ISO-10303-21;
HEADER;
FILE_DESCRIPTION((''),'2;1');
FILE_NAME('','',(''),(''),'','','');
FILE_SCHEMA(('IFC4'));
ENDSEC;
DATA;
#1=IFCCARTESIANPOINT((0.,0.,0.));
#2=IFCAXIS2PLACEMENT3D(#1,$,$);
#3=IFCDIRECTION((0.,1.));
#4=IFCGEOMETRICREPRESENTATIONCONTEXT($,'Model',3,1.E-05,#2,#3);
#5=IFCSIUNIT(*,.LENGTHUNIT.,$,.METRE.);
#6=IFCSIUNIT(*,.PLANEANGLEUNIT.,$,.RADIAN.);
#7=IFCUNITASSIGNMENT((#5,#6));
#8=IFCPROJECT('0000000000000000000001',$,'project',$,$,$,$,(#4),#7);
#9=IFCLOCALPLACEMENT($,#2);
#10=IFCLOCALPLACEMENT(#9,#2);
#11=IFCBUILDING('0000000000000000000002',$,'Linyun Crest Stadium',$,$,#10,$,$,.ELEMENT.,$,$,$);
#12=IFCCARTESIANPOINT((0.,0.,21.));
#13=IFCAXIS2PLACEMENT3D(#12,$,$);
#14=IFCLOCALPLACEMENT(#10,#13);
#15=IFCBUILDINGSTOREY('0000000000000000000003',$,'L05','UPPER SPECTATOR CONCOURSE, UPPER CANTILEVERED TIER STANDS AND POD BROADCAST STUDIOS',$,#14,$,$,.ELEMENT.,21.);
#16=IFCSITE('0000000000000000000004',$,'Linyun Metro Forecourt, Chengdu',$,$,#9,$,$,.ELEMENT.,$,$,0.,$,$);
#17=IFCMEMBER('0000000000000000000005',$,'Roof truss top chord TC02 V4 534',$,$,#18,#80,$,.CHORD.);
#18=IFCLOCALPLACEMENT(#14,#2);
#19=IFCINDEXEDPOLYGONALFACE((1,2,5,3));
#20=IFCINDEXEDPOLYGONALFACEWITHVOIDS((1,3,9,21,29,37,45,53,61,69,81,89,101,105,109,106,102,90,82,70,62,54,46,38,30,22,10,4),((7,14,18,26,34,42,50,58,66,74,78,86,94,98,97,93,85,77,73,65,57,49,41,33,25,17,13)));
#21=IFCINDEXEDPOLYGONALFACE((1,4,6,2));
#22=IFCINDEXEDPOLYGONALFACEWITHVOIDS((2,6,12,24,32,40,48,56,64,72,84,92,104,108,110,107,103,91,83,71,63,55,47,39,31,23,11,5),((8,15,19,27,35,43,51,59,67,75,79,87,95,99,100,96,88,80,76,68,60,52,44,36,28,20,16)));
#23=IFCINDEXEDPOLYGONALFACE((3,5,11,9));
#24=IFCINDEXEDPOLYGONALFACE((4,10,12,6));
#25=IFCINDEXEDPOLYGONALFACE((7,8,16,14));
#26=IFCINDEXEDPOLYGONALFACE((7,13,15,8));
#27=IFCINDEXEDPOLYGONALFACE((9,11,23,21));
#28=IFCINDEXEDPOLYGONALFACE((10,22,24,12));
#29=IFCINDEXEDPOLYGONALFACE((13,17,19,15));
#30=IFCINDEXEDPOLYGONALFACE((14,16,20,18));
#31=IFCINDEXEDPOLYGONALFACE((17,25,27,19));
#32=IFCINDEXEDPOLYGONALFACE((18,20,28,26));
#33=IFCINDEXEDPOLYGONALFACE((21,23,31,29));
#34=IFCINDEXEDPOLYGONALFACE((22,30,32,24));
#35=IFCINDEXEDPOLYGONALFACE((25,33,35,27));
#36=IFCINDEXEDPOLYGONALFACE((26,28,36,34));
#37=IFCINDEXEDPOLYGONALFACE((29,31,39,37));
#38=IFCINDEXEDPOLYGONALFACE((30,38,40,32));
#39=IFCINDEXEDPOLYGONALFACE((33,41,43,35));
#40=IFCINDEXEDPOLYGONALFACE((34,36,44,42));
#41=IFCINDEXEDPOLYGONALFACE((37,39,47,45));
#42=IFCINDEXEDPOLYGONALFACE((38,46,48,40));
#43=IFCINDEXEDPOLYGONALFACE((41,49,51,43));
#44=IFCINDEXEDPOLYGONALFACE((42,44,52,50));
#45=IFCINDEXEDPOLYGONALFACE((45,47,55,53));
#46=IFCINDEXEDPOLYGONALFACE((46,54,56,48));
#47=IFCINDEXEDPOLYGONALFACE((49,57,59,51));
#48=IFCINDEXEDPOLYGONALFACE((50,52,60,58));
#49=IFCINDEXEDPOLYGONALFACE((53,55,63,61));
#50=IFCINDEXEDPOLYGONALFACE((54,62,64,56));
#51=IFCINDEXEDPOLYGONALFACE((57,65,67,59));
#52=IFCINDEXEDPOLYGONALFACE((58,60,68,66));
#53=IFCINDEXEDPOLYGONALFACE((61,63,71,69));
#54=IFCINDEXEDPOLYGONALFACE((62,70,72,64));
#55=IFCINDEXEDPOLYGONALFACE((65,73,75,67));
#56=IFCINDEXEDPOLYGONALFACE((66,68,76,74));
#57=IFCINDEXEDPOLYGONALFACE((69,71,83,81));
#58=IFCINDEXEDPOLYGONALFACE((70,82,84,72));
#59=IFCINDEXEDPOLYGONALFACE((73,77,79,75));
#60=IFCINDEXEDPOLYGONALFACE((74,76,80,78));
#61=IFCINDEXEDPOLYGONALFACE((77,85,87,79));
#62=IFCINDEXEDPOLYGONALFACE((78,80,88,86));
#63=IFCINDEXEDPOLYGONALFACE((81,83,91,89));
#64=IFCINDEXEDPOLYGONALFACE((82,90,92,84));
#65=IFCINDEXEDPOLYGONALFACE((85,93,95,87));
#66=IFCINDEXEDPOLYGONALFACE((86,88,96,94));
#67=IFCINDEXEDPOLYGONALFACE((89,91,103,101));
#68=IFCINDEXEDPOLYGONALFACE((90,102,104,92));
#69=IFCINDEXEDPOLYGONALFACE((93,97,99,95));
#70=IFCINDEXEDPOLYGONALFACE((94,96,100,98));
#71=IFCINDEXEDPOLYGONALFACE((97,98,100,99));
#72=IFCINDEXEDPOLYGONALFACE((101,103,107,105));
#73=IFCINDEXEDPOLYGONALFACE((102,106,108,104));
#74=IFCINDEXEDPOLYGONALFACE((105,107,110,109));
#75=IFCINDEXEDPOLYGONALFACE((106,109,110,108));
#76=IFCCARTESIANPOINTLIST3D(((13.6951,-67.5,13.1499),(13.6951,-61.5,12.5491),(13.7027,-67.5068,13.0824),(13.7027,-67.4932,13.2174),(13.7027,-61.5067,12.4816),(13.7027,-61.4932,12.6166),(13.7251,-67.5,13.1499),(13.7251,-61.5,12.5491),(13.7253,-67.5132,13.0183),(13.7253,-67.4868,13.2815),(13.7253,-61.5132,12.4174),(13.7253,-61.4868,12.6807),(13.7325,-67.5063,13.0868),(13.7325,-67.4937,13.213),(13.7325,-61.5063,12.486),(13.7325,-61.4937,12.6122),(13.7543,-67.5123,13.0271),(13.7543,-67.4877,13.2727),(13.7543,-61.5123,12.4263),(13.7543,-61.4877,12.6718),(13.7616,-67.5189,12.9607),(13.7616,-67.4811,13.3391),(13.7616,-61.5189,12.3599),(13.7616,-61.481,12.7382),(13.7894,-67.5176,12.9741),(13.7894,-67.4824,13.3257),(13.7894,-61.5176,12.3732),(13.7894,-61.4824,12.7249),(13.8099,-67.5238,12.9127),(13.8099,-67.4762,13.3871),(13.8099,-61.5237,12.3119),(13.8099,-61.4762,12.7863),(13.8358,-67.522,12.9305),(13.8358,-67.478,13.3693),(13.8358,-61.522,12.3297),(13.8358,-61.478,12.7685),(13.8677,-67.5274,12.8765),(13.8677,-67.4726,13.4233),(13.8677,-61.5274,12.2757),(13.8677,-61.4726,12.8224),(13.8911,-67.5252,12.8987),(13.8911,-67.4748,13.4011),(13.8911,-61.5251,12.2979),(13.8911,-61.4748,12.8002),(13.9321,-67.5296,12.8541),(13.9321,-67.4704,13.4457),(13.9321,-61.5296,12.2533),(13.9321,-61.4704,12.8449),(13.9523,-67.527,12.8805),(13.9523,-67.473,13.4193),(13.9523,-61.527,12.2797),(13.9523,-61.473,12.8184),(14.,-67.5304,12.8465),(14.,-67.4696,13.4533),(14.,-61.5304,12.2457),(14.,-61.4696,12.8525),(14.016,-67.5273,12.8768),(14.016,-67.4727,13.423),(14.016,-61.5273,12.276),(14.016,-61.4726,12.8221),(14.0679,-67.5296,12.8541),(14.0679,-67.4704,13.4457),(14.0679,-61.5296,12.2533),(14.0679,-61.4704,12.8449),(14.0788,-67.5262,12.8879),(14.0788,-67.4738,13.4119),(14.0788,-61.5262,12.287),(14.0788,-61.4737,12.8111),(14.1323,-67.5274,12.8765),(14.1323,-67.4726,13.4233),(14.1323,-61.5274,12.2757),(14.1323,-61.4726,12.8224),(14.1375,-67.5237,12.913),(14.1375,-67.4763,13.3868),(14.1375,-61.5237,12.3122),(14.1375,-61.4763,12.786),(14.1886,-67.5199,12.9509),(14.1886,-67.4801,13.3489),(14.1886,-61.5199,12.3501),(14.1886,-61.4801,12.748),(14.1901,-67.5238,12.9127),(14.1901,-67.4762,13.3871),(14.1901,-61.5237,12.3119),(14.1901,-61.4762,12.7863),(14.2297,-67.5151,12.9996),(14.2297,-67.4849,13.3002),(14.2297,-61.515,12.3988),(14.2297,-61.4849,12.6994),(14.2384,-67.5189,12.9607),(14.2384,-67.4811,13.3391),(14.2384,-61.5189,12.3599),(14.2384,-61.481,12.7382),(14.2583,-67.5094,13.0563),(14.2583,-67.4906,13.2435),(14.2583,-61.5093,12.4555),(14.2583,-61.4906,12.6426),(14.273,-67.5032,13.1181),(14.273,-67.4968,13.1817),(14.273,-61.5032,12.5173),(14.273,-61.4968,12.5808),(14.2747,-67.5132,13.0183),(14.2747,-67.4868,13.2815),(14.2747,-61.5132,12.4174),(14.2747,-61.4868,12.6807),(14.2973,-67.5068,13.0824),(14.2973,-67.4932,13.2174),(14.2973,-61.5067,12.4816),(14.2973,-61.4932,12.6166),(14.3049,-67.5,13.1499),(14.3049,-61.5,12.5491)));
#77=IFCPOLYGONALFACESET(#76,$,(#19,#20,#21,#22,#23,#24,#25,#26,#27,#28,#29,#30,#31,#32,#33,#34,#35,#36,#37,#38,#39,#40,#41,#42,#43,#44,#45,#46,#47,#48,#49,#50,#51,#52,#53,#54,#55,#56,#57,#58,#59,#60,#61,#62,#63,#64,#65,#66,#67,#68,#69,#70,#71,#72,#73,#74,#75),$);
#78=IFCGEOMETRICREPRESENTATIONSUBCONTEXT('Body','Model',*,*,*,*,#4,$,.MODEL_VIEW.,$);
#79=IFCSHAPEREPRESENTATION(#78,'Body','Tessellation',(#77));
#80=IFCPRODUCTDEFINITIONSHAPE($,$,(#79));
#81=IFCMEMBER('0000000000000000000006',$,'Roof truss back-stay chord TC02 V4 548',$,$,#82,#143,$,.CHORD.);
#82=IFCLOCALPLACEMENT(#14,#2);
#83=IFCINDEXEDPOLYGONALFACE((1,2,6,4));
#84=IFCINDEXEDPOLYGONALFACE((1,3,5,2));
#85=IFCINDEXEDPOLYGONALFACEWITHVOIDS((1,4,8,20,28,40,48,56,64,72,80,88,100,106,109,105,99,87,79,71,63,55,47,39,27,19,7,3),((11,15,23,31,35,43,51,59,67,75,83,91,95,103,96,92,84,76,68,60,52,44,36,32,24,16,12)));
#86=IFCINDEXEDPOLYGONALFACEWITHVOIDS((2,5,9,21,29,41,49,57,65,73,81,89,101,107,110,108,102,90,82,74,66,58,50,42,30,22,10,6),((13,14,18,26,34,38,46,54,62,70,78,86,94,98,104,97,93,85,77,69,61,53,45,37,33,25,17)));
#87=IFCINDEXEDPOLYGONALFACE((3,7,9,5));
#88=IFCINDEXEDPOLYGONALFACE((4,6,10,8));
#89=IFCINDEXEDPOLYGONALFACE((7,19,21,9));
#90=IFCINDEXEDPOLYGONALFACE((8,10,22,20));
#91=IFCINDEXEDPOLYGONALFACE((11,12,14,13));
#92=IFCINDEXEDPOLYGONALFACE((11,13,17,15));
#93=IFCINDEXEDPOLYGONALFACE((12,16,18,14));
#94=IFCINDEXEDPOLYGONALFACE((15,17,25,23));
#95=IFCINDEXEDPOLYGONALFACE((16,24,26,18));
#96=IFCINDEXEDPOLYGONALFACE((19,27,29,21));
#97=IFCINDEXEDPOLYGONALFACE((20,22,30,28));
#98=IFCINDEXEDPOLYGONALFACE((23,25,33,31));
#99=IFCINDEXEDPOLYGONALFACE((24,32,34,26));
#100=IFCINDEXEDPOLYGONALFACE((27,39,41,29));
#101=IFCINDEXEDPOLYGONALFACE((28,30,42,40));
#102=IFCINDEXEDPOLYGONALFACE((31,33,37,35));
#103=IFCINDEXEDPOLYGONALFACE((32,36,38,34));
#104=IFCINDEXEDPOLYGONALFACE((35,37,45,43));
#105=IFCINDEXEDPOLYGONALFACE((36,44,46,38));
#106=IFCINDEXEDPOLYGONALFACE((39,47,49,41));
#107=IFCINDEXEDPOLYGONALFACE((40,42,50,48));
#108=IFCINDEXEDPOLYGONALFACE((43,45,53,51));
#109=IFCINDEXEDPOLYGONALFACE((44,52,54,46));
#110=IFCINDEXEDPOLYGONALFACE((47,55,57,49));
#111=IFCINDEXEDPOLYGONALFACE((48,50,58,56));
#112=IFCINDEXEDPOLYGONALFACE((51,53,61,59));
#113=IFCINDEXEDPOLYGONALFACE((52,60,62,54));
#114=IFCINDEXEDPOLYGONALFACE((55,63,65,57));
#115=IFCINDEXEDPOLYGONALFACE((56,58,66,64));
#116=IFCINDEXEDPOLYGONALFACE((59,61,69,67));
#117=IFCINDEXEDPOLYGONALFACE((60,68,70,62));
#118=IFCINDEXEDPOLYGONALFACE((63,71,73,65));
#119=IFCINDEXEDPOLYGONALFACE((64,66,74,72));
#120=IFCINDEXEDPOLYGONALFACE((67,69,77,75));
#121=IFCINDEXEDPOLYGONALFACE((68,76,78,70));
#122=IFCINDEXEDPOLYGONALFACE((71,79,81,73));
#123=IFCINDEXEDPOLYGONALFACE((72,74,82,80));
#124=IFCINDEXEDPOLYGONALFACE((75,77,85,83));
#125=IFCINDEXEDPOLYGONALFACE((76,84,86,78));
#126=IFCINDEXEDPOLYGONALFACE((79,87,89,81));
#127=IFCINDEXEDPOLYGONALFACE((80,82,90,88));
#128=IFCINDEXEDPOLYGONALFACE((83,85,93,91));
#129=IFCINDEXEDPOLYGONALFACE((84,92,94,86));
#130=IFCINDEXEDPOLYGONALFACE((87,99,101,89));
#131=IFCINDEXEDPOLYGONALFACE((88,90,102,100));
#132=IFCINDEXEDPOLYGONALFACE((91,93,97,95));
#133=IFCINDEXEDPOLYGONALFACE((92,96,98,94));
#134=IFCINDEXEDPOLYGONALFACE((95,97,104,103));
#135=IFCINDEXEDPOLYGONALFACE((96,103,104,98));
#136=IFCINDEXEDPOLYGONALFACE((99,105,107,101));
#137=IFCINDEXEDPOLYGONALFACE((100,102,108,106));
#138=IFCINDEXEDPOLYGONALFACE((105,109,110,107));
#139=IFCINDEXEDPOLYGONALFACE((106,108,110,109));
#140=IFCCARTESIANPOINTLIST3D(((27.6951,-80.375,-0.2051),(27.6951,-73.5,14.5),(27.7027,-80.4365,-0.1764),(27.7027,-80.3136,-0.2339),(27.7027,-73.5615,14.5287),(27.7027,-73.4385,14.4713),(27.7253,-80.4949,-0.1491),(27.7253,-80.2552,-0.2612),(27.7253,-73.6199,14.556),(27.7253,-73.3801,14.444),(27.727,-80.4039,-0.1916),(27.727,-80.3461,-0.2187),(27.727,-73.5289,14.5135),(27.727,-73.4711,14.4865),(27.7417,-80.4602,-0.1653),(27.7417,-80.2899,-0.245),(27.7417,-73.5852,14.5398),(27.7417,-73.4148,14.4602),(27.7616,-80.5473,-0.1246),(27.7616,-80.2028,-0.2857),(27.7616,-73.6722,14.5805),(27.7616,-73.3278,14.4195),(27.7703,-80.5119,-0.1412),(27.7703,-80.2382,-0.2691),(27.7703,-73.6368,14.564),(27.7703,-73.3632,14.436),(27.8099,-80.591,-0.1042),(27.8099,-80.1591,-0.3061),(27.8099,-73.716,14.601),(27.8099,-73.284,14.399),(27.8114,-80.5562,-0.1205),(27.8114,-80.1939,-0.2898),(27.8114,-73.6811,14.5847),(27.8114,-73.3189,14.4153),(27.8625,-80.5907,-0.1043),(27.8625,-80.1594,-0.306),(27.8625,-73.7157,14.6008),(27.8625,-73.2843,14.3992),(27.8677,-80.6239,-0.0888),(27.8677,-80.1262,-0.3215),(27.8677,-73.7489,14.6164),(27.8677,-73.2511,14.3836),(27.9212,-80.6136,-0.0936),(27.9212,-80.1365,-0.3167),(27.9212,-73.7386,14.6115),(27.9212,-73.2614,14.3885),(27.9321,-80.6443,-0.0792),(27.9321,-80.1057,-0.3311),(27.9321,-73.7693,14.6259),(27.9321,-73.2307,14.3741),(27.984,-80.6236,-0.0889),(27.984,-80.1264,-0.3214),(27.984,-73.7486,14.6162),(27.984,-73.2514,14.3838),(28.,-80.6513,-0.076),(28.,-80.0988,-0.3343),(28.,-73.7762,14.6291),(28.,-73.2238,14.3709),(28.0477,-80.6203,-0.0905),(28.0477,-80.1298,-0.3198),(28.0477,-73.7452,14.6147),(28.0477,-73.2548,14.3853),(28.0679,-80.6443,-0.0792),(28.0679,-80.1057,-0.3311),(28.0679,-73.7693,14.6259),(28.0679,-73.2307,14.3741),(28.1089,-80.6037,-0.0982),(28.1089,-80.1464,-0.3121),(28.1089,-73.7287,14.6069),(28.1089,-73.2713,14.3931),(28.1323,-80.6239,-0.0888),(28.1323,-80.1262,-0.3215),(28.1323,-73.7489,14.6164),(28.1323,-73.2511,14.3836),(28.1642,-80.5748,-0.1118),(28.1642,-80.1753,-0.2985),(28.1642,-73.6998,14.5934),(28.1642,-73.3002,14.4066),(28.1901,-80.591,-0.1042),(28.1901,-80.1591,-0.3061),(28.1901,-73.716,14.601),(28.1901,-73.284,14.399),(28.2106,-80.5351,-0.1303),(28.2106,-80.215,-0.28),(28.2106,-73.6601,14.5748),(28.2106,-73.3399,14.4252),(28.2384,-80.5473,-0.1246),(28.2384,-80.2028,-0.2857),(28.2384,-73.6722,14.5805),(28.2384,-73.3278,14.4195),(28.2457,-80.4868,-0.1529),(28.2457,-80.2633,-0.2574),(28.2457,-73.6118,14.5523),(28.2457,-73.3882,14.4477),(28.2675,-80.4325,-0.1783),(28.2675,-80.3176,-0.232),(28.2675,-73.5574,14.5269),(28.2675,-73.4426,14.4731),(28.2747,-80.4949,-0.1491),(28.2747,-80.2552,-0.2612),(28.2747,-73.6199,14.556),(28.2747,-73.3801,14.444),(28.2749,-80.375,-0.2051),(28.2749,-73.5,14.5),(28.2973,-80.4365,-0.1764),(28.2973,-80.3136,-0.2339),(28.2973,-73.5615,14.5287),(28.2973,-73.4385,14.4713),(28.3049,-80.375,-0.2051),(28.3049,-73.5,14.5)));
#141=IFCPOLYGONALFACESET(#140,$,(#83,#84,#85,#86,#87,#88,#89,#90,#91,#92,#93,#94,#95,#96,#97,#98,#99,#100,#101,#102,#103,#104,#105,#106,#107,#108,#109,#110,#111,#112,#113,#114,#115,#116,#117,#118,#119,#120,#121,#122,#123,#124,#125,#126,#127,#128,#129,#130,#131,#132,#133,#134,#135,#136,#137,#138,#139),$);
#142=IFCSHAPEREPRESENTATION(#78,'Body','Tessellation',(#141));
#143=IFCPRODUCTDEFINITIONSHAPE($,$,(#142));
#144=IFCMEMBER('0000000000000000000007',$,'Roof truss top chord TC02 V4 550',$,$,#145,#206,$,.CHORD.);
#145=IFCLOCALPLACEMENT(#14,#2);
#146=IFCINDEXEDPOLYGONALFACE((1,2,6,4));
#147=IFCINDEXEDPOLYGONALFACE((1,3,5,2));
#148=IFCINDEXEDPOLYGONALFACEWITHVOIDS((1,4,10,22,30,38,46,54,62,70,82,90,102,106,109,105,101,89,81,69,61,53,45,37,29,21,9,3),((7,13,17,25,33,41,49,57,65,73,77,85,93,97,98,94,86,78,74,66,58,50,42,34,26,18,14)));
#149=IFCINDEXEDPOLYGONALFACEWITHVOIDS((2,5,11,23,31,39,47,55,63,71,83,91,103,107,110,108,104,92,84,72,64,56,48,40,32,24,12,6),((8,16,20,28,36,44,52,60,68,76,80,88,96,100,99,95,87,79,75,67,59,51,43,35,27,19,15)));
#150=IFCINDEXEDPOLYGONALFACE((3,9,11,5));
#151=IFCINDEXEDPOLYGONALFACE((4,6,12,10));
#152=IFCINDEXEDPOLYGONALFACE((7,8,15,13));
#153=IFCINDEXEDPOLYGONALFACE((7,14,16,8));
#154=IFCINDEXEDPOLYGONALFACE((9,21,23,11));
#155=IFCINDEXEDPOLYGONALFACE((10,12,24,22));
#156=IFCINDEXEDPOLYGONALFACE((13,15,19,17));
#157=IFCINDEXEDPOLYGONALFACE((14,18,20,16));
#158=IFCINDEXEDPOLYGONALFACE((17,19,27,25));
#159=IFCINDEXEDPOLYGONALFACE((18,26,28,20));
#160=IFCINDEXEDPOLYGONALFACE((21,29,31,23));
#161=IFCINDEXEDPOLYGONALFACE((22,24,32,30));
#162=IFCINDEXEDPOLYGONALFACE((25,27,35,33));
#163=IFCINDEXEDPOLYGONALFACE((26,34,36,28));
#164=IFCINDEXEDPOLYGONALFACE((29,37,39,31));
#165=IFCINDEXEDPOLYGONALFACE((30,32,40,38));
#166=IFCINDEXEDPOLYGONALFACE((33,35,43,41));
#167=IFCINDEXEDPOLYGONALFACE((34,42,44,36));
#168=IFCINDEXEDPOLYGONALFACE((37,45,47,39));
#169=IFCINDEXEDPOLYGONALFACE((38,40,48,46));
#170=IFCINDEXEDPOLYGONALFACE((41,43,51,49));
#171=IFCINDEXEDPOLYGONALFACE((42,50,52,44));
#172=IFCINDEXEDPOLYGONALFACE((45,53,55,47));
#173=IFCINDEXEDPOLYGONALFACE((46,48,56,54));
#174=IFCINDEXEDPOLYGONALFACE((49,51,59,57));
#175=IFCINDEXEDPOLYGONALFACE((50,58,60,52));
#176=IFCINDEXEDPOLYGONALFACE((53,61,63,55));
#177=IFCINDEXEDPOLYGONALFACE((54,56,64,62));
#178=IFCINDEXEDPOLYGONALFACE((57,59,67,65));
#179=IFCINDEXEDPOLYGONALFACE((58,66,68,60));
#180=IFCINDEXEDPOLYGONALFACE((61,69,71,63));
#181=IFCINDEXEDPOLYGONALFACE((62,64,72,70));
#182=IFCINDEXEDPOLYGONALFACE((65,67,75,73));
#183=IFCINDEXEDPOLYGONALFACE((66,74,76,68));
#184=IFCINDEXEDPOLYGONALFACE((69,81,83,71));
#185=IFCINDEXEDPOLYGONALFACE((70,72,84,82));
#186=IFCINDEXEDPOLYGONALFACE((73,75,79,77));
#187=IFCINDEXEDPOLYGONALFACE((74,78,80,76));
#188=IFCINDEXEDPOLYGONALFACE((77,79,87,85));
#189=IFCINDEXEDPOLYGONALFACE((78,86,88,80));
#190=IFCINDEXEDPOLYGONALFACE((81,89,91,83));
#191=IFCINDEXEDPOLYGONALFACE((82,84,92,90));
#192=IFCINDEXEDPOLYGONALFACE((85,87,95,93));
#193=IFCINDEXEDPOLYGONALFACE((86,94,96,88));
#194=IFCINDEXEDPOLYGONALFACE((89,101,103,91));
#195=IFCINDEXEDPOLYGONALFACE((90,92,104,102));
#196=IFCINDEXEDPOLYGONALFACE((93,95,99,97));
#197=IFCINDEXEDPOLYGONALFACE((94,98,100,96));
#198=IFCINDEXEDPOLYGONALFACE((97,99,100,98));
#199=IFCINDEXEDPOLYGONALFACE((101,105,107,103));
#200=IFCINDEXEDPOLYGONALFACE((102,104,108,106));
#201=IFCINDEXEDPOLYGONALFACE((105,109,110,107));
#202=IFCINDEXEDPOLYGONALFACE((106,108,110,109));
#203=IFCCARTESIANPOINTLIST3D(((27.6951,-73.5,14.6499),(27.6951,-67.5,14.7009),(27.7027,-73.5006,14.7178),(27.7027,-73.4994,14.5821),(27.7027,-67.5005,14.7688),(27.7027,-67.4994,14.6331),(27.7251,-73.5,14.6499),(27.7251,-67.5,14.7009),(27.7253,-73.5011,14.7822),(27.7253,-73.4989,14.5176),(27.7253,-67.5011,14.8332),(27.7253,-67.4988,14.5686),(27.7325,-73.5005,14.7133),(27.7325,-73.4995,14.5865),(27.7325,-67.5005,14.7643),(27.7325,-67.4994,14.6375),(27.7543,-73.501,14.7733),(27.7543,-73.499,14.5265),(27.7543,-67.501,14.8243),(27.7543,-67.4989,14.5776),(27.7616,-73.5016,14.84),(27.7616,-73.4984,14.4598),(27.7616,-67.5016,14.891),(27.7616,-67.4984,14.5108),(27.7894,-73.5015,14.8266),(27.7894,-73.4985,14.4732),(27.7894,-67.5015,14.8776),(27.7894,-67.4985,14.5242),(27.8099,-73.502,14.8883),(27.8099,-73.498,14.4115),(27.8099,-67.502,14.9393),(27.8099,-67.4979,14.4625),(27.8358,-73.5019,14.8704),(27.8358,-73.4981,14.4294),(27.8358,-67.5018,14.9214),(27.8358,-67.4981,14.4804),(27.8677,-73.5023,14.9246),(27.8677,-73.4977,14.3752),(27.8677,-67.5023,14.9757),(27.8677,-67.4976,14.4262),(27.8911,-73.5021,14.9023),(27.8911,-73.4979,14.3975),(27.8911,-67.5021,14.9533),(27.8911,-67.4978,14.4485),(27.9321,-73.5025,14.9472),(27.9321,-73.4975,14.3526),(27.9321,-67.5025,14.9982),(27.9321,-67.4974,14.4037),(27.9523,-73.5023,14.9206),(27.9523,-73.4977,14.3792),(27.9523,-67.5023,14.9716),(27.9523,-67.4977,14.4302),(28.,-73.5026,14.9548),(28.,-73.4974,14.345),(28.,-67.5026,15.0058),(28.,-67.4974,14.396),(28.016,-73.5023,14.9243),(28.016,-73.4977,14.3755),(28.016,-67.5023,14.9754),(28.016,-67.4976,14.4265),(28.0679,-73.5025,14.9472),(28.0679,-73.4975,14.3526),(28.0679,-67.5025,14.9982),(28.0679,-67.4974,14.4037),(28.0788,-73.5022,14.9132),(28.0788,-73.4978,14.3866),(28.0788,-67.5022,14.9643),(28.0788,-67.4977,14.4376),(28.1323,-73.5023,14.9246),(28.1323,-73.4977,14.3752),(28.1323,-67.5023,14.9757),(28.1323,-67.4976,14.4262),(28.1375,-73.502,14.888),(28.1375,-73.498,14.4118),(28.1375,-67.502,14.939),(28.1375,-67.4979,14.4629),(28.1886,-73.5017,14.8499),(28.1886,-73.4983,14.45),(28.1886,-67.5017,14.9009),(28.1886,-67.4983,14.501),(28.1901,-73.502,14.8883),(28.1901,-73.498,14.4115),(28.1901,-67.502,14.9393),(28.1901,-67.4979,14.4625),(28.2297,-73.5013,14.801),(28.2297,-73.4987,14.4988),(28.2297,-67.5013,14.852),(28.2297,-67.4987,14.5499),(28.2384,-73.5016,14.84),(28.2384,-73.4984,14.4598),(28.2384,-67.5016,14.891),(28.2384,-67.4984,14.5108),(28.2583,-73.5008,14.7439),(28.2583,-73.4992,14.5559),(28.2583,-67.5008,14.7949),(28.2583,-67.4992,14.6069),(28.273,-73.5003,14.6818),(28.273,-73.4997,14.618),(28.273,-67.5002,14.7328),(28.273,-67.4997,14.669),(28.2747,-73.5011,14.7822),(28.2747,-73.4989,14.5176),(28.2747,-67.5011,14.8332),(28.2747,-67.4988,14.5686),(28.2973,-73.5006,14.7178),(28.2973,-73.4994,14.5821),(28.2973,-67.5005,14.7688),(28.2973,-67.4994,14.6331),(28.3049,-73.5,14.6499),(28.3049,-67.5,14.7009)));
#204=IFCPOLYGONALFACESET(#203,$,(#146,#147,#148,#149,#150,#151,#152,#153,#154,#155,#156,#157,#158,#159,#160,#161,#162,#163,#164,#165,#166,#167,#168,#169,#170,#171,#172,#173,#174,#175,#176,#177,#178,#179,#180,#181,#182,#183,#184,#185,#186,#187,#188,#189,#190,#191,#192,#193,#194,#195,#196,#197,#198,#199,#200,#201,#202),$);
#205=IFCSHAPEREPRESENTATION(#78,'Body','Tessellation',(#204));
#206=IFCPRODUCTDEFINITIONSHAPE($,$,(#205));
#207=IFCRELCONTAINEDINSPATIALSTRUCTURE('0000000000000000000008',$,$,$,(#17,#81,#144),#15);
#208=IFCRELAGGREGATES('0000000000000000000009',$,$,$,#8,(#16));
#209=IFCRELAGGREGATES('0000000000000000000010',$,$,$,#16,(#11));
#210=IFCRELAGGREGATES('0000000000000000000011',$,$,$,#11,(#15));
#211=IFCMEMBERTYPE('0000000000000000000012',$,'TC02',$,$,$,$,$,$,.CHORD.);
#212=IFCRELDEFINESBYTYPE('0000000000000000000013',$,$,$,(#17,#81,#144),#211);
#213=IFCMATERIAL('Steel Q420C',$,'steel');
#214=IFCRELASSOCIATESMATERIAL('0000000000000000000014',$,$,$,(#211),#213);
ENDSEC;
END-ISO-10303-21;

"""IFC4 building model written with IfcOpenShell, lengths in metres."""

from ifc_helpers import new_model, si_unit, direction, frame, origin, origin_2d, place, context, subcontext, project, spatial, hollow_circle, extrude, material, material_profile, profile_set, type_object, element, save


model = new_model("IFC4")

# Units and contexts
model_context = context("Model", 3, precision=1e-05, world=origin(), true_north=direction((0.0, 1.0)))
body_context = subcontext(model_context, "Body", "Model", "MODEL_VIEW")
ifc_project = project(units=[si_unit("LENGTHUNIT", "METRE"), si_unit("PLANEANGLEUNIT", "RADIAN")], contexts=[model_context])

# Site, building, storey
site_placement = place(None, origin())
site = spatial("IfcSite", under=ifc_project, at=site_placement, Name="Linyun Metro Forecourt, Chengdu", CompositionType="ELEMENT", RefElevation=0.0)
building_placement = place(site_placement, origin())
building = spatial("IfcBuilding", under=site, at=building_placement, Name="Linyun Crest Stadium", CompositionType="ELEMENT")
storey_placement = place(building_placement, frame((0.0, 0.0, 21.0)))
storey = spatial("IfcBuildingStorey", under=building, at=storey_placement, Name="L05", Description="UPPER SPECTATOR CONCOURSE, UPPER CANTILEVERED TIER STANDS AND POD BROADCAST STUDIOS", CompositionType="ELEMENT", Elevation=21.0)

# Members
ifc_material_1 = material(Name="Steel Q420C", Category="steel")
ifc_material_profile_1 = material_profile(ifc_material_1, hollow_circle(Radius=0.3049, WallThickness=0.03, at=origin_2d()), Name="CHS 610x30")
ifc_profile_set_1 = profile_set([ifc_material_profile_1], Name="Steel Q420C")
member_type_1 = type_object("IfcMemberType", Name="TC02", PredefinedType="CHORD", material=ifc_profile_set_1)
member_1_placement = place(storey_placement, frame((14.0, -67.5, 13.1499), z_axis=(0.0, 0.995024, -0.09964), x_axis=(-1.0, 0.0, 0.0)))
element("IfcMember", 1, at=member_1_placement, inside=storey, type_object=member_type_1, Name="Roof truss top chord TC02 V4 534", PredefinedType="CHORD", context=body_context, shape_type="SweptSolid", body=[
    extrude(hollow_circle(Radius=0.3049, WallThickness=0.03, at=origin_2d()), origin(), (0.0, 0.0, 1.0), 6.03),
])
member_2_placement = place(storey_placement, frame((28.0, -73.5, 14.5), z_axis=(0.0, -0.423524, -0.905885), x_axis=(1.0, 0.0, 0.0)))
element("IfcMember", 2, at=member_2_placement, inside=storey, type_object=member_type_1, Name="Roof truss back-stay chord TC02 V4 548", PredefinedType="CHORD", context=body_context, shape_type="SweptSolid", body=[
    extrude(hollow_circle(Radius=0.3049, WallThickness=0.03, at=origin_2d()), origin(), (0.0, 0.0, 1.0), 16.2329),
])
member_3_placement = place(storey_placement, frame((28.0, -73.5, 14.6499), z_axis=(0.0, 0.999964, 0.008504), x_axis=(-1.0, 0.0, 0.0)))
element("IfcMember", 3, at=member_3_placement, inside=storey, type_object=member_type_1, Name="Roof truss top chord TC02 V4 550", PredefinedType="CHORD", context=body_context, shape_type="SweptSolid", body=[
    extrude(hollow_circle(Radius=0.3049, WallThickness=0.03, at=origin_2d()), origin(), (0.0, 0.0, 1.0), 6.0002),
])

save(model, "model.ifc")
